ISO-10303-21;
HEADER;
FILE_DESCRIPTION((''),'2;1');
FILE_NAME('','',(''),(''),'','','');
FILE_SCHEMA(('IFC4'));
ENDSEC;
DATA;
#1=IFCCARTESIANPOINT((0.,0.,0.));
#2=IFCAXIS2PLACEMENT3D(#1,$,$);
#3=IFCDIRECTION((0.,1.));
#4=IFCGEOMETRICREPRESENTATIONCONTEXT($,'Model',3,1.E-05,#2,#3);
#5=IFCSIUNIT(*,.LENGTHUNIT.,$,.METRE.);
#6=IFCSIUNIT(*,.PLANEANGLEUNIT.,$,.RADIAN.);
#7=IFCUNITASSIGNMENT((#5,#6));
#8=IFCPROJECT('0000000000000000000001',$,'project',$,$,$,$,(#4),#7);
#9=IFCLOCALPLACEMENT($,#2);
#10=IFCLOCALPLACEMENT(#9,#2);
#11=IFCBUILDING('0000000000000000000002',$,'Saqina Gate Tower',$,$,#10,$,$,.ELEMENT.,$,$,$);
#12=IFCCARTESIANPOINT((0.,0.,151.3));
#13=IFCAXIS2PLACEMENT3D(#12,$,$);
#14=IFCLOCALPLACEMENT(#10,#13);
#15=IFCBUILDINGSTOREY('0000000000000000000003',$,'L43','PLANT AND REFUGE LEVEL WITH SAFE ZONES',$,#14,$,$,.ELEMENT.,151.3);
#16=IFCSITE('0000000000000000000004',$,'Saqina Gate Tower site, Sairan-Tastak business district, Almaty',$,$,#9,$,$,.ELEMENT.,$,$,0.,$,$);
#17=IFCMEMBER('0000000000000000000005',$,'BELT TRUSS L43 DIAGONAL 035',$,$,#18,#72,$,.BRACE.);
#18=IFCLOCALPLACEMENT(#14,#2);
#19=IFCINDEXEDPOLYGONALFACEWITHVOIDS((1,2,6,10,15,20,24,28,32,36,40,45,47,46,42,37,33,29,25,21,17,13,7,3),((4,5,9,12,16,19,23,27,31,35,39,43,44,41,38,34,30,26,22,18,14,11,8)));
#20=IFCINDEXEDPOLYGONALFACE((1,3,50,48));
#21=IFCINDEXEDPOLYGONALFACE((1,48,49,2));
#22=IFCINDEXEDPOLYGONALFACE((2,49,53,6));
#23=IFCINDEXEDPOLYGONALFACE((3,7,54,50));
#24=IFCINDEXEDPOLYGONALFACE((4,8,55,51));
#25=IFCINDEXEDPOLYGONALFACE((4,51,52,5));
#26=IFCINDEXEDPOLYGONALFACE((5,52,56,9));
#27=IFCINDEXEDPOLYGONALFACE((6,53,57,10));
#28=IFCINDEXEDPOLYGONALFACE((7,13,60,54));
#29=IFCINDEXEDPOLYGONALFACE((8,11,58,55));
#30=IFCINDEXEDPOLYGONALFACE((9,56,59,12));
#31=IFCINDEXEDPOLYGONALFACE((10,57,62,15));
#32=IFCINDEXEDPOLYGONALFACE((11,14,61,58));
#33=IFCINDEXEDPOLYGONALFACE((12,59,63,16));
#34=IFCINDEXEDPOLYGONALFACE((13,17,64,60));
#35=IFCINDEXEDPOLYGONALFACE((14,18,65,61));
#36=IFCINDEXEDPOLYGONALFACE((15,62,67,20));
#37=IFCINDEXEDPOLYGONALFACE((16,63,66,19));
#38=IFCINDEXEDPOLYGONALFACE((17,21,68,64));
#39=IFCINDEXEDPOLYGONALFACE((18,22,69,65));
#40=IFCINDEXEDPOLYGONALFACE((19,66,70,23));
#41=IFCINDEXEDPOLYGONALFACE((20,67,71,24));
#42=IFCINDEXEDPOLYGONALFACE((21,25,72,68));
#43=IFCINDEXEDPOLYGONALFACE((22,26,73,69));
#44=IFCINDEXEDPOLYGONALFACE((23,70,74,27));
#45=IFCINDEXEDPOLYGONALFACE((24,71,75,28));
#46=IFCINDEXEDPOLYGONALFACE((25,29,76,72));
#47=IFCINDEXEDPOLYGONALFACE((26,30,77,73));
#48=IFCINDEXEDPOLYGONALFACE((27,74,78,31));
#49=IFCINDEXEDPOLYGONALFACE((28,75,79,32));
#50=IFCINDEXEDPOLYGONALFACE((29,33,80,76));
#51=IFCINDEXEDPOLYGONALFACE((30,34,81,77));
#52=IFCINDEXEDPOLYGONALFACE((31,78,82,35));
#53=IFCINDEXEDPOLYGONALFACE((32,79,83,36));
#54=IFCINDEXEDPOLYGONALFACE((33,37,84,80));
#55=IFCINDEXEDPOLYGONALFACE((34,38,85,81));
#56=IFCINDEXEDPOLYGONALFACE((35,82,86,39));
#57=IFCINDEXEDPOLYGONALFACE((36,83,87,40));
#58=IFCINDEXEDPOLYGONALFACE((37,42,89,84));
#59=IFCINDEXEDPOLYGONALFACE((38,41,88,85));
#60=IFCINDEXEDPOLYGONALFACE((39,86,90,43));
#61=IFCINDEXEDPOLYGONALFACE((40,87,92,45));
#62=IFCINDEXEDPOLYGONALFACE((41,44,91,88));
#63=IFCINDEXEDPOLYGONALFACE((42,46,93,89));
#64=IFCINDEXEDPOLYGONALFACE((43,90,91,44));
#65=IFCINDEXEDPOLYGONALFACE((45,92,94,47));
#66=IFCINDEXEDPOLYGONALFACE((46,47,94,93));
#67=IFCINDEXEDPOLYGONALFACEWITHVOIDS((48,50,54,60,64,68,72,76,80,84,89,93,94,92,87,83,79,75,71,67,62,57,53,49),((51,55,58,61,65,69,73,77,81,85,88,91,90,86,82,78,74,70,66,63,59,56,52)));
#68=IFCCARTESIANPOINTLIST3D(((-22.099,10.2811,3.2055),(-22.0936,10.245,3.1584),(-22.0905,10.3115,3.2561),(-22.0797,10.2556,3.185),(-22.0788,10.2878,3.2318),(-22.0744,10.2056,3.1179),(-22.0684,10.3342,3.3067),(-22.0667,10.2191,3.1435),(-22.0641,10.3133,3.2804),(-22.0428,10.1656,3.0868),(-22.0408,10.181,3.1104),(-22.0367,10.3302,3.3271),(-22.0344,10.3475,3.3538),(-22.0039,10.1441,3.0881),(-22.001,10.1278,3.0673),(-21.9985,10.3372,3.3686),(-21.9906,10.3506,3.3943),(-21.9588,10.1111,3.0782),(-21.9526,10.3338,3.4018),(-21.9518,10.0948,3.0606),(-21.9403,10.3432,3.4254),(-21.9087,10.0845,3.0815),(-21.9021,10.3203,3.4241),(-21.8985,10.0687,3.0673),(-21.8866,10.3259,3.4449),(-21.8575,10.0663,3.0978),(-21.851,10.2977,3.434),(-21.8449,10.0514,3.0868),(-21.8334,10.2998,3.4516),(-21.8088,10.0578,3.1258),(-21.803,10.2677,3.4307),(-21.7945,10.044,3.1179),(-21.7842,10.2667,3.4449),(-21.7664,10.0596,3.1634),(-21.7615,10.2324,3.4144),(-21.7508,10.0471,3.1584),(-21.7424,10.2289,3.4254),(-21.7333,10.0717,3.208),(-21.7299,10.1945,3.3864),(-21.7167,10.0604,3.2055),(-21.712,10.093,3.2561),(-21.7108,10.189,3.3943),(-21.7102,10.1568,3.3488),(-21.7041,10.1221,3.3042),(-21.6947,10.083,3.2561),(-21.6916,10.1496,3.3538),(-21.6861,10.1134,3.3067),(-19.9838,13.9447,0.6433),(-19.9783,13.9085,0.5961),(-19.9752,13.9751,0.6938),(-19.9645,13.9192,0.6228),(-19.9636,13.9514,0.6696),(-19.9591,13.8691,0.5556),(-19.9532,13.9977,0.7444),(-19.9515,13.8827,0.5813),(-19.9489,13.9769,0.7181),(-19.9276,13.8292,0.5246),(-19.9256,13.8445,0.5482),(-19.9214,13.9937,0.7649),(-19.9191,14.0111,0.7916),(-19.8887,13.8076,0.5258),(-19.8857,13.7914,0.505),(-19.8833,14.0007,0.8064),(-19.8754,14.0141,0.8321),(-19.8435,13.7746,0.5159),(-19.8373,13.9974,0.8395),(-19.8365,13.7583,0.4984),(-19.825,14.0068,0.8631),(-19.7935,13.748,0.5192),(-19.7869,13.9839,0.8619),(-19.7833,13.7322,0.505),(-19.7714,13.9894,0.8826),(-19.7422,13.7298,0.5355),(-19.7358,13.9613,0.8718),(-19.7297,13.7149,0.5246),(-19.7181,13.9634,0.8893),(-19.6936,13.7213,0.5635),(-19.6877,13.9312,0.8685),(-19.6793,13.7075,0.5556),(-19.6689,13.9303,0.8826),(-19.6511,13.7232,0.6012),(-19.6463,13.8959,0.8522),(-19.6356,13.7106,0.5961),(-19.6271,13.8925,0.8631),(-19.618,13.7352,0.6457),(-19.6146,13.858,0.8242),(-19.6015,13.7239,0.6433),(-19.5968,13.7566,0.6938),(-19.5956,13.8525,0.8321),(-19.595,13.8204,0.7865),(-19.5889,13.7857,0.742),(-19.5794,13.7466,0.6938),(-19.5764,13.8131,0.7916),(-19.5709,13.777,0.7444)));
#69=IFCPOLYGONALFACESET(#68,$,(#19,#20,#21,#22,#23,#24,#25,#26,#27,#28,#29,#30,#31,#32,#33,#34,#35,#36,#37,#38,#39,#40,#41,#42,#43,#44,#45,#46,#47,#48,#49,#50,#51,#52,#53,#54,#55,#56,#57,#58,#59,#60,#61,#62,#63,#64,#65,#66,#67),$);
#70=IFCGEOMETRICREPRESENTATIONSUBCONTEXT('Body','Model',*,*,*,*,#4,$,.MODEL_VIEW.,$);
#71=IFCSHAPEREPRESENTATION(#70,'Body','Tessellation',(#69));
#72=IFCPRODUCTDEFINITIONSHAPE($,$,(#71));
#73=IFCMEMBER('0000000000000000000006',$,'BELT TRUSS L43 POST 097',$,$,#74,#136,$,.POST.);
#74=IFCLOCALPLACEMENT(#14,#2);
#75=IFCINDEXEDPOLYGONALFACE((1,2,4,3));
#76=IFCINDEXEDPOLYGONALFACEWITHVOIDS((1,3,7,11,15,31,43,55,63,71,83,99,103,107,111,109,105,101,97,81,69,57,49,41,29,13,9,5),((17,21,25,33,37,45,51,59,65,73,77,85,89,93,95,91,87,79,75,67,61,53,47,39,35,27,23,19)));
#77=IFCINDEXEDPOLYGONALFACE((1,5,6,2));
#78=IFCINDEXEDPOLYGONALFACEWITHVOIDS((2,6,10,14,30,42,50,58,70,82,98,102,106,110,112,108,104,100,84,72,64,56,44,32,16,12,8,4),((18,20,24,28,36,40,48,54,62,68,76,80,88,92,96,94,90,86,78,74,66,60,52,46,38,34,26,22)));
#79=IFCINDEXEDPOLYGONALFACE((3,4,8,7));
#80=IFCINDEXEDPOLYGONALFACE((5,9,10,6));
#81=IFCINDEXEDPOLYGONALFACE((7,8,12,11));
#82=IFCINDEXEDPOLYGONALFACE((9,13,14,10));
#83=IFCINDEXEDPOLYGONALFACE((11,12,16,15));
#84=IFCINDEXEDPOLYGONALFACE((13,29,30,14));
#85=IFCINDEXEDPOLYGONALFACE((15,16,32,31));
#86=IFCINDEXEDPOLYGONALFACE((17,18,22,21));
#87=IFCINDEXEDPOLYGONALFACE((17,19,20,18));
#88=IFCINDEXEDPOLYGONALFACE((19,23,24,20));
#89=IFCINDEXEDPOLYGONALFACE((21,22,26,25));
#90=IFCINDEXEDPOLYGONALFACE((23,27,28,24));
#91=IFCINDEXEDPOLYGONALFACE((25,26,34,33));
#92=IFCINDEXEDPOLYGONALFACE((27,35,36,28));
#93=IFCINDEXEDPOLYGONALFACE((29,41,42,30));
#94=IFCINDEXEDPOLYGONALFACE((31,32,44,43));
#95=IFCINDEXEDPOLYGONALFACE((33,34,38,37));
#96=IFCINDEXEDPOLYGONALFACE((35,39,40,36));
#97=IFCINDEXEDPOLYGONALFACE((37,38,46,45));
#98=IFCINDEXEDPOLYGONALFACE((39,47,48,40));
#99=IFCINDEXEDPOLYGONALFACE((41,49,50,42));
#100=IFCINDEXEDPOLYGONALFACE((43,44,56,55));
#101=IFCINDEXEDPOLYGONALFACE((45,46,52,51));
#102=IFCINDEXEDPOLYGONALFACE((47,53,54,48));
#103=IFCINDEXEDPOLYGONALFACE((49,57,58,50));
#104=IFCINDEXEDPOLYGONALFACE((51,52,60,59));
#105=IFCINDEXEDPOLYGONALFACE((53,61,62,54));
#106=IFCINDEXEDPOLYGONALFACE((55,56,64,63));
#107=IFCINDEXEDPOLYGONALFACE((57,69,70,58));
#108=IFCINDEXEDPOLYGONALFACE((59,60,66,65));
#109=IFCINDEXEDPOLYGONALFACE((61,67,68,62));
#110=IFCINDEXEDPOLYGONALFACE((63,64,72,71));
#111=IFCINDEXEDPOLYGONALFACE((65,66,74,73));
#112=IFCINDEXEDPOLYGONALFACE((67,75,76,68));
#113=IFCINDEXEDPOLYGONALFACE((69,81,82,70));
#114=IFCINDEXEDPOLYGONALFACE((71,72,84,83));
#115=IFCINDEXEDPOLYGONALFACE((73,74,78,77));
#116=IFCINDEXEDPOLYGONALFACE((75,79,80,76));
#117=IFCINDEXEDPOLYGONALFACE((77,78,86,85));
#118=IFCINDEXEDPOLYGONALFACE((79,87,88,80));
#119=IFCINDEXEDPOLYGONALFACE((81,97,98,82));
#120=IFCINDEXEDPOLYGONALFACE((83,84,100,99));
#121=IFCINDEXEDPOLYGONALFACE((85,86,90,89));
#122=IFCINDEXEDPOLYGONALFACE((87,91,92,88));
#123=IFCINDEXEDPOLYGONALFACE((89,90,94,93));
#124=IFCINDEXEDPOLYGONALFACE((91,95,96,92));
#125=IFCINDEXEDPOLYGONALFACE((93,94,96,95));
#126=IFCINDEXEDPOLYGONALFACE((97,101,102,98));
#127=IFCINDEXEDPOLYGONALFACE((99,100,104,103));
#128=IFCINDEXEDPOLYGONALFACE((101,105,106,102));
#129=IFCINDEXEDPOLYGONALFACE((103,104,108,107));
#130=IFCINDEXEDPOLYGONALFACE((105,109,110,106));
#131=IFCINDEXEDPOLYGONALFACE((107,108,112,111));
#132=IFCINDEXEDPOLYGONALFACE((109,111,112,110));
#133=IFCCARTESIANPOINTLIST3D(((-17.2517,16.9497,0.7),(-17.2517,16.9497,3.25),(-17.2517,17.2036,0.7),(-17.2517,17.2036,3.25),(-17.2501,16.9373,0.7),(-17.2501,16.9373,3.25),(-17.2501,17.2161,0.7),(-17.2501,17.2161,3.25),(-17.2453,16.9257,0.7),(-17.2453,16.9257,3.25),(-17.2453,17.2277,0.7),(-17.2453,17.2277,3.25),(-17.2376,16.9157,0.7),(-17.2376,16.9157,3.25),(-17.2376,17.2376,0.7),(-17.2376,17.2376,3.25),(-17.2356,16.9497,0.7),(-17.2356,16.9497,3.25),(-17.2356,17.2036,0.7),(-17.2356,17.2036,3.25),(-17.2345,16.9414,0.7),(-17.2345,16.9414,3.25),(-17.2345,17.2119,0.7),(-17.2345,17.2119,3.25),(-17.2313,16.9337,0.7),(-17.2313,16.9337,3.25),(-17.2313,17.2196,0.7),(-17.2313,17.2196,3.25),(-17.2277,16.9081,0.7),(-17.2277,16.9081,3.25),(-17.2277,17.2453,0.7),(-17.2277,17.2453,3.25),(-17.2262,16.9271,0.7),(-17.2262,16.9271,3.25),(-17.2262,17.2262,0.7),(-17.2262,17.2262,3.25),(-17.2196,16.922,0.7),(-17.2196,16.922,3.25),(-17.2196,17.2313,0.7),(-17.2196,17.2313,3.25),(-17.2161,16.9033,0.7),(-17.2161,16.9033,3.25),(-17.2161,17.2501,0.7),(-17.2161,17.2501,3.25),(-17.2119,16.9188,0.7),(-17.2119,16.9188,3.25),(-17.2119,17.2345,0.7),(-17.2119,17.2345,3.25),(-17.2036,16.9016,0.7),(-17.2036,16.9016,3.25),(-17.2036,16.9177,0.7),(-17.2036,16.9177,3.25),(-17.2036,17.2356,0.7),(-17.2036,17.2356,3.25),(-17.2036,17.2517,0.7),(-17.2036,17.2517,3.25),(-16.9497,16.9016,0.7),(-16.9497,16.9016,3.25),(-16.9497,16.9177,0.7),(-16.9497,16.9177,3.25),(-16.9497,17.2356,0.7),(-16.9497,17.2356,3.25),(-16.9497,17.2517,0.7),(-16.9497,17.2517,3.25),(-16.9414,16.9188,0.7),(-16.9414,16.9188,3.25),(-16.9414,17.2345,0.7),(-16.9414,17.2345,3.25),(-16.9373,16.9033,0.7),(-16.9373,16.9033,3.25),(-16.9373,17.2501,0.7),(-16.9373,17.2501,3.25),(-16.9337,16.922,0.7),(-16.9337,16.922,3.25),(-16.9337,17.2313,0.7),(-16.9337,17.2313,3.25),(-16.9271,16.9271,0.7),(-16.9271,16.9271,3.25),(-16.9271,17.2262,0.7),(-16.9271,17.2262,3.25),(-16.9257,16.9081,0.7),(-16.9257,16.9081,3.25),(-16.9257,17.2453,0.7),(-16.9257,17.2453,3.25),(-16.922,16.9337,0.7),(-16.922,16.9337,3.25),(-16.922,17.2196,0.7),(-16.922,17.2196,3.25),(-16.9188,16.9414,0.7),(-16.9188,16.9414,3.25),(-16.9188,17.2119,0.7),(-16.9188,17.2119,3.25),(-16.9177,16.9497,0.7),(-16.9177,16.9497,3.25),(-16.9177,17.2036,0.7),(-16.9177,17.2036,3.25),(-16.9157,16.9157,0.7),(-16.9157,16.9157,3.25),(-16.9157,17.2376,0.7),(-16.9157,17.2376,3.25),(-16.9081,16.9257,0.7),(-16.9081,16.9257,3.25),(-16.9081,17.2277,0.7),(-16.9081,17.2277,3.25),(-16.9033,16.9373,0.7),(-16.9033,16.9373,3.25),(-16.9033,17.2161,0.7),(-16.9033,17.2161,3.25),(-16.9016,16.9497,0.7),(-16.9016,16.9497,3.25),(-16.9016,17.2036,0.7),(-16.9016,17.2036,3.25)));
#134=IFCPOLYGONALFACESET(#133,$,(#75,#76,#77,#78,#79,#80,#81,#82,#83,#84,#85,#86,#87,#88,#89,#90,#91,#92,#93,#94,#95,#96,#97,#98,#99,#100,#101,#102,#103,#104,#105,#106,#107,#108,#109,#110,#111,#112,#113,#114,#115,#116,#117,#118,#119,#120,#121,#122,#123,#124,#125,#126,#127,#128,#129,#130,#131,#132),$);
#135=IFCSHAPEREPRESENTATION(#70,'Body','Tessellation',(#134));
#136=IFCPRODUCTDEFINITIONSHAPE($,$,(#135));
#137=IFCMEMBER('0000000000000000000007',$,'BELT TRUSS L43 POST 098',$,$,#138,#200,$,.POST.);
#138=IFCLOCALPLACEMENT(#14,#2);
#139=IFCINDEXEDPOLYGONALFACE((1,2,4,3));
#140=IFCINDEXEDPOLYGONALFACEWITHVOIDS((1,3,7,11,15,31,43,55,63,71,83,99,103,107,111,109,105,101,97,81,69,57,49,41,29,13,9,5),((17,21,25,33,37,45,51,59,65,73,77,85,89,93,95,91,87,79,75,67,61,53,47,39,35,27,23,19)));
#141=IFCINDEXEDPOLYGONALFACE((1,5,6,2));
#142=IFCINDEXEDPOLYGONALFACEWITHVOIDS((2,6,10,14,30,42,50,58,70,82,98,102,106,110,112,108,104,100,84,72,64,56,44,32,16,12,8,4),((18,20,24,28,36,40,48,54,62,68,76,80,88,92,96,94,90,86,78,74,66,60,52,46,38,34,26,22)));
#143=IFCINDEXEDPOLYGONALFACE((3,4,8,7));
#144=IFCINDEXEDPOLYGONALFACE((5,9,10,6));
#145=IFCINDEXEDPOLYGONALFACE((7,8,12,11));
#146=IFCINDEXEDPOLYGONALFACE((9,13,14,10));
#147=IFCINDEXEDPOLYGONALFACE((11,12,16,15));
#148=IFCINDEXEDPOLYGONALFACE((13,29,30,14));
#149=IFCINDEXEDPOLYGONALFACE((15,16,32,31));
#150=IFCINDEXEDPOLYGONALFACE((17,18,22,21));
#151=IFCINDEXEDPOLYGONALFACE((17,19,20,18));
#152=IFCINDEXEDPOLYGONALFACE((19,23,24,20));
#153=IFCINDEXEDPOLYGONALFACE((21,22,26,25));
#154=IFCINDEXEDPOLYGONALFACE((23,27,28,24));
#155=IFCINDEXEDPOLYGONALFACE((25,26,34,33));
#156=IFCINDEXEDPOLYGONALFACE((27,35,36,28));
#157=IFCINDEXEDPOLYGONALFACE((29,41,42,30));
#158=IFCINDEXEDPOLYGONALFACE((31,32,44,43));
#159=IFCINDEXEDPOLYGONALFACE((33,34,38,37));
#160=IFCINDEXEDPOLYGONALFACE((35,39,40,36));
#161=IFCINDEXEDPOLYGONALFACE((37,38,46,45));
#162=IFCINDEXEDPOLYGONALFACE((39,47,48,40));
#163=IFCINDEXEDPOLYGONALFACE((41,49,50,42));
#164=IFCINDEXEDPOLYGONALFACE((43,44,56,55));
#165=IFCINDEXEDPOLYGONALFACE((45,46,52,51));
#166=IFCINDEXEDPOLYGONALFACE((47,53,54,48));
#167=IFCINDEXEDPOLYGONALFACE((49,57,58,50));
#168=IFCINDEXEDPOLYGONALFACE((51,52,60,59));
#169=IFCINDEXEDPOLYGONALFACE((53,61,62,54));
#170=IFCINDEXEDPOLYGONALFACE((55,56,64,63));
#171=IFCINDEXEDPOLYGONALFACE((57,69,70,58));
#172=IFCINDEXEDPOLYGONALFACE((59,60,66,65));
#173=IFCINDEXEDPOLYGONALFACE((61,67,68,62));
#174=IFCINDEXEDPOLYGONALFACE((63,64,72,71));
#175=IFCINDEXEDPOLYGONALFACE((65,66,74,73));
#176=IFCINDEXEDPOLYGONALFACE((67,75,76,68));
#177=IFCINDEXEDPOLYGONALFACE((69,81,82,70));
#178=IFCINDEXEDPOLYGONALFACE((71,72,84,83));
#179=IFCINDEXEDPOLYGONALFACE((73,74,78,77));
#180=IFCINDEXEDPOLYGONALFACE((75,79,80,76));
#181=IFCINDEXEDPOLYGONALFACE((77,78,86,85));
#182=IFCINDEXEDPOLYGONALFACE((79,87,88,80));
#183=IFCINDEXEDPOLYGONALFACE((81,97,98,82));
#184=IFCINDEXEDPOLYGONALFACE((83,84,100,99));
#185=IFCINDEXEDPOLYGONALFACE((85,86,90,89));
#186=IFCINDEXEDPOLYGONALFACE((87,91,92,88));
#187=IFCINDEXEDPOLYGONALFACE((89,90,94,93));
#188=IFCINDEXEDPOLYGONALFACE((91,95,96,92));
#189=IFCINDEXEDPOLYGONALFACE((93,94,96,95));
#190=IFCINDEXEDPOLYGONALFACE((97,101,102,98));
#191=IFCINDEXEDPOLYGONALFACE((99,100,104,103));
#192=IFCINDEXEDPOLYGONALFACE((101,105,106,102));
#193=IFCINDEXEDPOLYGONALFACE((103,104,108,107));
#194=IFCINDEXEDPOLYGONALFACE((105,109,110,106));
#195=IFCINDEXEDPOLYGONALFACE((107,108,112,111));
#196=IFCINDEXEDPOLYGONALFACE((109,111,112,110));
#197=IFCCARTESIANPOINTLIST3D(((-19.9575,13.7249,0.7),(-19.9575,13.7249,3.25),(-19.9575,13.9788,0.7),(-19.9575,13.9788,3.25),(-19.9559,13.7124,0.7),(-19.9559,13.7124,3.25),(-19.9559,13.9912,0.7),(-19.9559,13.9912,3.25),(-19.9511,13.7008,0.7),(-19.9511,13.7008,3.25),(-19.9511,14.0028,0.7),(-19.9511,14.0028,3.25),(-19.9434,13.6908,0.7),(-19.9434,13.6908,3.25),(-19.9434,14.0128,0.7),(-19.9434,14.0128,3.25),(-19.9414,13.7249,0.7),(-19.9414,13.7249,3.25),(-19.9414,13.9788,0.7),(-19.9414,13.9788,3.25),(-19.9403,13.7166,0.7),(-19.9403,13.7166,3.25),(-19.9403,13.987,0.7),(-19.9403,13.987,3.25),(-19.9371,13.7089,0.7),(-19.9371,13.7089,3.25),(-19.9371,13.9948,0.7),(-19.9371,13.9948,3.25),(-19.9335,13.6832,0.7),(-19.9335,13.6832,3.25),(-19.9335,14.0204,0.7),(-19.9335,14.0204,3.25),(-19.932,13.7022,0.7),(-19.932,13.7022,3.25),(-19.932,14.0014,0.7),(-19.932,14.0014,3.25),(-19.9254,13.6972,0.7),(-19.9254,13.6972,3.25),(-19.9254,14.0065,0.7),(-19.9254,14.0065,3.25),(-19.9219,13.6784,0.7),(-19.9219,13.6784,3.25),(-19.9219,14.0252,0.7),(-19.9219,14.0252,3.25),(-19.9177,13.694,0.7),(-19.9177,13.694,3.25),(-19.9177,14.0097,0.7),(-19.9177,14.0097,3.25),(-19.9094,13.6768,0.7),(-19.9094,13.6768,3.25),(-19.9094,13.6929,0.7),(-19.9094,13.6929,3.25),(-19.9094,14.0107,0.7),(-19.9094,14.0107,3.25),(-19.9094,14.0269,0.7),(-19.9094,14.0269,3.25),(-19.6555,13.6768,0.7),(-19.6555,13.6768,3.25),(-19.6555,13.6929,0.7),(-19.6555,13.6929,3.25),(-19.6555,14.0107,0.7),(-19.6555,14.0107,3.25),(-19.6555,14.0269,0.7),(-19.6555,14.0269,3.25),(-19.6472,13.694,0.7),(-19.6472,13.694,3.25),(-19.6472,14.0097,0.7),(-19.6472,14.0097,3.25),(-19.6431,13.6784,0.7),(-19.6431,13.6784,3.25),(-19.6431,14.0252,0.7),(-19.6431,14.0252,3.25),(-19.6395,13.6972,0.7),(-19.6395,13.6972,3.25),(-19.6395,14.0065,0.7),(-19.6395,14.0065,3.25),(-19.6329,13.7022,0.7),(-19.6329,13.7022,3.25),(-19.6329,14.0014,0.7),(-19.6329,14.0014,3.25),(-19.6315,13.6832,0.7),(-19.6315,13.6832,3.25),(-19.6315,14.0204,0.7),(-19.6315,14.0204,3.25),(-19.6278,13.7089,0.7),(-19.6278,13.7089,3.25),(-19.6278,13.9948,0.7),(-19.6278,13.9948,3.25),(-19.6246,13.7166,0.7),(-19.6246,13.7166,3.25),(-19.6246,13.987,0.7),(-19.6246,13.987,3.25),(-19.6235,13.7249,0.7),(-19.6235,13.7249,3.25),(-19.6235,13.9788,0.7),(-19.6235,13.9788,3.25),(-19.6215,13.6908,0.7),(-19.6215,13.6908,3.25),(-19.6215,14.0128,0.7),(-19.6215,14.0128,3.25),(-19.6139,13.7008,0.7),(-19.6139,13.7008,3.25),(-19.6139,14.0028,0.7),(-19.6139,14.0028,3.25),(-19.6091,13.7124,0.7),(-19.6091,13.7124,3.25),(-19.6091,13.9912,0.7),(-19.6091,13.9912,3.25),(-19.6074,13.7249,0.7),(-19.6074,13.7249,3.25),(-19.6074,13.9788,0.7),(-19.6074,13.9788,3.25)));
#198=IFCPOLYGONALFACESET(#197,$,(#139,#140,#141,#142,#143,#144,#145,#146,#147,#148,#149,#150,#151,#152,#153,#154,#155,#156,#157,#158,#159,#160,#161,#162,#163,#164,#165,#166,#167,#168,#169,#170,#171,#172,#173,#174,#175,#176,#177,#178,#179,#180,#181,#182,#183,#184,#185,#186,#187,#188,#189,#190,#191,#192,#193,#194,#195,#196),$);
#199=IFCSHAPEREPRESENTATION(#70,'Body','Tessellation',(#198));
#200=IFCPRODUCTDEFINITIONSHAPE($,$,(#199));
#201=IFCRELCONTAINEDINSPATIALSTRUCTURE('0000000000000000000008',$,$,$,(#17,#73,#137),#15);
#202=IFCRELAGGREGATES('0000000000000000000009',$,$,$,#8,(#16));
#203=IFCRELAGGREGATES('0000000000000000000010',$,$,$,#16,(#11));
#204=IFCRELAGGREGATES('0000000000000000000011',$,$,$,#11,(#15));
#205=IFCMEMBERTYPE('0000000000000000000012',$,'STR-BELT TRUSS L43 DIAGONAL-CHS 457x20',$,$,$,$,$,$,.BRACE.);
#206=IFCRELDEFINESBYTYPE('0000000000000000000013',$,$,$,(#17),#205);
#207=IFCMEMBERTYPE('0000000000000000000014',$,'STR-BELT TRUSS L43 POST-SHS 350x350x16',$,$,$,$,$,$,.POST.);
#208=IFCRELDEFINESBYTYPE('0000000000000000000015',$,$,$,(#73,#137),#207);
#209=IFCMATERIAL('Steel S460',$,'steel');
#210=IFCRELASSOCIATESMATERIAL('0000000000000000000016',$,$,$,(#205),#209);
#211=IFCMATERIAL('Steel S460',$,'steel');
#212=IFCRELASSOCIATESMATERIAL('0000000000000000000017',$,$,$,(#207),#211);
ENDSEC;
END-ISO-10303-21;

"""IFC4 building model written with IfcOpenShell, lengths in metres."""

from ifc_helpers import new_model, si_unit, direction, frame, origin, origin_2d, place, context, subcontext, project, spatial, hollow_rectangle, hollow_circle, extrude, material, material_profile, profile_set, type_object, element, save


model = new_model("IFC4")

# Units and contexts
model_context = context("Model", 3, precision=1e-05, world=origin(), true_north=direction((0.0, 1.0)))
body_context = subcontext(model_context, "Body", "Model", "MODEL_VIEW")
ifc_project = project(units=[si_unit("LENGTHUNIT", "METRE"), si_unit("PLANEANGLEUNIT", "RADIAN")], contexts=[model_context])

# Site, building, storey
site_placement = place(None, origin())
site = spatial("IfcSite", under=ifc_project, at=site_placement, Name="Saqina Gate Tower site, Sairan-Tastak business district, Almaty", CompositionType="ELEMENT", RefElevation=0.0)
building_placement = place(site_placement, origin())
building = spatial("IfcBuilding", under=site, at=building_placement, Name="Saqina Gate Tower", CompositionType="ELEMENT")
storey_placement = place(building_placement, frame((0.0, 0.0, 151.3)))
storey = spatial("IfcBuildingStorey", under=building, at=storey_placement, Name="L43", Description="PLANT AND REFUGE LEVEL WITH SAFE ZONES", CompositionType="ELEMENT", Elevation=151.3)

# Members
ifc_material_1 = material(Name="Steel S460", Category="steel")
ifc_material_profile_1 = material_profile(ifc_material_1, hollow_circle(Radius=0.2285, WallThickness=0.02, at=origin_2d()), Name="CHS 457x20")
ifc_profile_set_1 = profile_set([ifc_material_profile_1], Name="Steel S460")
member_type_1 = type_object("IfcMemberType", Name="STR-BELT TRUSS L43 DIAGONAL-CHS 457x20", PredefinedType="BRACE", material=ifc_profile_set_1)
member_1_placement = place(storey_placement, frame((-19.7773, 13.8608, 0.6938), z_axis=(-0.427681, -0.740741, 0.518065), x_axis=(0.866018, -0.500012, 0.0)))
element("IfcMember", 1, at=member_1_placement, inside=storey, type_object=member_type_1, Name="BELT TRUSS L43 DIAGONAL 035", PredefinedType="BRACE", context=body_context, shape_type="SweptSolid", body=[
    extrude(hollow_circle(Radius=0.2285, WallThickness=0.02, at=origin_2d()), origin(), (0.0, 0.0, 1.0), 4.9458),
])
ifc_material_2 = material(Name="Steel S460", Category="steel")
ifc_material_profile_2 = material_profile(ifc_material_2, hollow_rectangle(XDim=0.3501, YDim=0.3501, WallThickness=0.0161, InnerFilletRadius=0.032, OuterFilletRadius=0.0481, at=origin_2d()), Name="SHS 350x350x16")
ifc_profile_set_2 = profile_set([ifc_material_profile_2], Name="Steel S460")
member_type_2 = type_object("IfcMemberType", Name="STR-BELT TRUSS L43 POST-SHS 350x350x16", PredefinedType="POST", material=ifc_profile_set_2)
for number, where, z_axis, x_axis, name in (
    (2, (-17.0767, 17.0767, 0.7), (0.0, 0.0, 1.0), (1.0, 0.0, 0.0), "BELT TRUSS L43 POST 097"),
    (3, (-19.7825, 13.8518, 0.7), (0.0, 0.0, 1.0), (1.0, 0.0, 0.0), "BELT TRUSS L43 POST 098"),
):
    element("IfcMember", number, at=place(storey_placement, frame(where, z_axis=z_axis, x_axis=x_axis)), inside=storey, type_object=member_type_2, Name=name, PredefinedType="POST", context=body_context, shape_type="SweptSolid", body=[
        extrude(hollow_rectangle(XDim=0.3501, YDim=0.3501, WallThickness=0.0161, InnerFilletRadius=0.032, OuterFilletRadius=0.0481, at=origin_2d()), origin(), (0.0, 0.0, 1.0), 2.55),
    ])

save(model, "model.ifc")
